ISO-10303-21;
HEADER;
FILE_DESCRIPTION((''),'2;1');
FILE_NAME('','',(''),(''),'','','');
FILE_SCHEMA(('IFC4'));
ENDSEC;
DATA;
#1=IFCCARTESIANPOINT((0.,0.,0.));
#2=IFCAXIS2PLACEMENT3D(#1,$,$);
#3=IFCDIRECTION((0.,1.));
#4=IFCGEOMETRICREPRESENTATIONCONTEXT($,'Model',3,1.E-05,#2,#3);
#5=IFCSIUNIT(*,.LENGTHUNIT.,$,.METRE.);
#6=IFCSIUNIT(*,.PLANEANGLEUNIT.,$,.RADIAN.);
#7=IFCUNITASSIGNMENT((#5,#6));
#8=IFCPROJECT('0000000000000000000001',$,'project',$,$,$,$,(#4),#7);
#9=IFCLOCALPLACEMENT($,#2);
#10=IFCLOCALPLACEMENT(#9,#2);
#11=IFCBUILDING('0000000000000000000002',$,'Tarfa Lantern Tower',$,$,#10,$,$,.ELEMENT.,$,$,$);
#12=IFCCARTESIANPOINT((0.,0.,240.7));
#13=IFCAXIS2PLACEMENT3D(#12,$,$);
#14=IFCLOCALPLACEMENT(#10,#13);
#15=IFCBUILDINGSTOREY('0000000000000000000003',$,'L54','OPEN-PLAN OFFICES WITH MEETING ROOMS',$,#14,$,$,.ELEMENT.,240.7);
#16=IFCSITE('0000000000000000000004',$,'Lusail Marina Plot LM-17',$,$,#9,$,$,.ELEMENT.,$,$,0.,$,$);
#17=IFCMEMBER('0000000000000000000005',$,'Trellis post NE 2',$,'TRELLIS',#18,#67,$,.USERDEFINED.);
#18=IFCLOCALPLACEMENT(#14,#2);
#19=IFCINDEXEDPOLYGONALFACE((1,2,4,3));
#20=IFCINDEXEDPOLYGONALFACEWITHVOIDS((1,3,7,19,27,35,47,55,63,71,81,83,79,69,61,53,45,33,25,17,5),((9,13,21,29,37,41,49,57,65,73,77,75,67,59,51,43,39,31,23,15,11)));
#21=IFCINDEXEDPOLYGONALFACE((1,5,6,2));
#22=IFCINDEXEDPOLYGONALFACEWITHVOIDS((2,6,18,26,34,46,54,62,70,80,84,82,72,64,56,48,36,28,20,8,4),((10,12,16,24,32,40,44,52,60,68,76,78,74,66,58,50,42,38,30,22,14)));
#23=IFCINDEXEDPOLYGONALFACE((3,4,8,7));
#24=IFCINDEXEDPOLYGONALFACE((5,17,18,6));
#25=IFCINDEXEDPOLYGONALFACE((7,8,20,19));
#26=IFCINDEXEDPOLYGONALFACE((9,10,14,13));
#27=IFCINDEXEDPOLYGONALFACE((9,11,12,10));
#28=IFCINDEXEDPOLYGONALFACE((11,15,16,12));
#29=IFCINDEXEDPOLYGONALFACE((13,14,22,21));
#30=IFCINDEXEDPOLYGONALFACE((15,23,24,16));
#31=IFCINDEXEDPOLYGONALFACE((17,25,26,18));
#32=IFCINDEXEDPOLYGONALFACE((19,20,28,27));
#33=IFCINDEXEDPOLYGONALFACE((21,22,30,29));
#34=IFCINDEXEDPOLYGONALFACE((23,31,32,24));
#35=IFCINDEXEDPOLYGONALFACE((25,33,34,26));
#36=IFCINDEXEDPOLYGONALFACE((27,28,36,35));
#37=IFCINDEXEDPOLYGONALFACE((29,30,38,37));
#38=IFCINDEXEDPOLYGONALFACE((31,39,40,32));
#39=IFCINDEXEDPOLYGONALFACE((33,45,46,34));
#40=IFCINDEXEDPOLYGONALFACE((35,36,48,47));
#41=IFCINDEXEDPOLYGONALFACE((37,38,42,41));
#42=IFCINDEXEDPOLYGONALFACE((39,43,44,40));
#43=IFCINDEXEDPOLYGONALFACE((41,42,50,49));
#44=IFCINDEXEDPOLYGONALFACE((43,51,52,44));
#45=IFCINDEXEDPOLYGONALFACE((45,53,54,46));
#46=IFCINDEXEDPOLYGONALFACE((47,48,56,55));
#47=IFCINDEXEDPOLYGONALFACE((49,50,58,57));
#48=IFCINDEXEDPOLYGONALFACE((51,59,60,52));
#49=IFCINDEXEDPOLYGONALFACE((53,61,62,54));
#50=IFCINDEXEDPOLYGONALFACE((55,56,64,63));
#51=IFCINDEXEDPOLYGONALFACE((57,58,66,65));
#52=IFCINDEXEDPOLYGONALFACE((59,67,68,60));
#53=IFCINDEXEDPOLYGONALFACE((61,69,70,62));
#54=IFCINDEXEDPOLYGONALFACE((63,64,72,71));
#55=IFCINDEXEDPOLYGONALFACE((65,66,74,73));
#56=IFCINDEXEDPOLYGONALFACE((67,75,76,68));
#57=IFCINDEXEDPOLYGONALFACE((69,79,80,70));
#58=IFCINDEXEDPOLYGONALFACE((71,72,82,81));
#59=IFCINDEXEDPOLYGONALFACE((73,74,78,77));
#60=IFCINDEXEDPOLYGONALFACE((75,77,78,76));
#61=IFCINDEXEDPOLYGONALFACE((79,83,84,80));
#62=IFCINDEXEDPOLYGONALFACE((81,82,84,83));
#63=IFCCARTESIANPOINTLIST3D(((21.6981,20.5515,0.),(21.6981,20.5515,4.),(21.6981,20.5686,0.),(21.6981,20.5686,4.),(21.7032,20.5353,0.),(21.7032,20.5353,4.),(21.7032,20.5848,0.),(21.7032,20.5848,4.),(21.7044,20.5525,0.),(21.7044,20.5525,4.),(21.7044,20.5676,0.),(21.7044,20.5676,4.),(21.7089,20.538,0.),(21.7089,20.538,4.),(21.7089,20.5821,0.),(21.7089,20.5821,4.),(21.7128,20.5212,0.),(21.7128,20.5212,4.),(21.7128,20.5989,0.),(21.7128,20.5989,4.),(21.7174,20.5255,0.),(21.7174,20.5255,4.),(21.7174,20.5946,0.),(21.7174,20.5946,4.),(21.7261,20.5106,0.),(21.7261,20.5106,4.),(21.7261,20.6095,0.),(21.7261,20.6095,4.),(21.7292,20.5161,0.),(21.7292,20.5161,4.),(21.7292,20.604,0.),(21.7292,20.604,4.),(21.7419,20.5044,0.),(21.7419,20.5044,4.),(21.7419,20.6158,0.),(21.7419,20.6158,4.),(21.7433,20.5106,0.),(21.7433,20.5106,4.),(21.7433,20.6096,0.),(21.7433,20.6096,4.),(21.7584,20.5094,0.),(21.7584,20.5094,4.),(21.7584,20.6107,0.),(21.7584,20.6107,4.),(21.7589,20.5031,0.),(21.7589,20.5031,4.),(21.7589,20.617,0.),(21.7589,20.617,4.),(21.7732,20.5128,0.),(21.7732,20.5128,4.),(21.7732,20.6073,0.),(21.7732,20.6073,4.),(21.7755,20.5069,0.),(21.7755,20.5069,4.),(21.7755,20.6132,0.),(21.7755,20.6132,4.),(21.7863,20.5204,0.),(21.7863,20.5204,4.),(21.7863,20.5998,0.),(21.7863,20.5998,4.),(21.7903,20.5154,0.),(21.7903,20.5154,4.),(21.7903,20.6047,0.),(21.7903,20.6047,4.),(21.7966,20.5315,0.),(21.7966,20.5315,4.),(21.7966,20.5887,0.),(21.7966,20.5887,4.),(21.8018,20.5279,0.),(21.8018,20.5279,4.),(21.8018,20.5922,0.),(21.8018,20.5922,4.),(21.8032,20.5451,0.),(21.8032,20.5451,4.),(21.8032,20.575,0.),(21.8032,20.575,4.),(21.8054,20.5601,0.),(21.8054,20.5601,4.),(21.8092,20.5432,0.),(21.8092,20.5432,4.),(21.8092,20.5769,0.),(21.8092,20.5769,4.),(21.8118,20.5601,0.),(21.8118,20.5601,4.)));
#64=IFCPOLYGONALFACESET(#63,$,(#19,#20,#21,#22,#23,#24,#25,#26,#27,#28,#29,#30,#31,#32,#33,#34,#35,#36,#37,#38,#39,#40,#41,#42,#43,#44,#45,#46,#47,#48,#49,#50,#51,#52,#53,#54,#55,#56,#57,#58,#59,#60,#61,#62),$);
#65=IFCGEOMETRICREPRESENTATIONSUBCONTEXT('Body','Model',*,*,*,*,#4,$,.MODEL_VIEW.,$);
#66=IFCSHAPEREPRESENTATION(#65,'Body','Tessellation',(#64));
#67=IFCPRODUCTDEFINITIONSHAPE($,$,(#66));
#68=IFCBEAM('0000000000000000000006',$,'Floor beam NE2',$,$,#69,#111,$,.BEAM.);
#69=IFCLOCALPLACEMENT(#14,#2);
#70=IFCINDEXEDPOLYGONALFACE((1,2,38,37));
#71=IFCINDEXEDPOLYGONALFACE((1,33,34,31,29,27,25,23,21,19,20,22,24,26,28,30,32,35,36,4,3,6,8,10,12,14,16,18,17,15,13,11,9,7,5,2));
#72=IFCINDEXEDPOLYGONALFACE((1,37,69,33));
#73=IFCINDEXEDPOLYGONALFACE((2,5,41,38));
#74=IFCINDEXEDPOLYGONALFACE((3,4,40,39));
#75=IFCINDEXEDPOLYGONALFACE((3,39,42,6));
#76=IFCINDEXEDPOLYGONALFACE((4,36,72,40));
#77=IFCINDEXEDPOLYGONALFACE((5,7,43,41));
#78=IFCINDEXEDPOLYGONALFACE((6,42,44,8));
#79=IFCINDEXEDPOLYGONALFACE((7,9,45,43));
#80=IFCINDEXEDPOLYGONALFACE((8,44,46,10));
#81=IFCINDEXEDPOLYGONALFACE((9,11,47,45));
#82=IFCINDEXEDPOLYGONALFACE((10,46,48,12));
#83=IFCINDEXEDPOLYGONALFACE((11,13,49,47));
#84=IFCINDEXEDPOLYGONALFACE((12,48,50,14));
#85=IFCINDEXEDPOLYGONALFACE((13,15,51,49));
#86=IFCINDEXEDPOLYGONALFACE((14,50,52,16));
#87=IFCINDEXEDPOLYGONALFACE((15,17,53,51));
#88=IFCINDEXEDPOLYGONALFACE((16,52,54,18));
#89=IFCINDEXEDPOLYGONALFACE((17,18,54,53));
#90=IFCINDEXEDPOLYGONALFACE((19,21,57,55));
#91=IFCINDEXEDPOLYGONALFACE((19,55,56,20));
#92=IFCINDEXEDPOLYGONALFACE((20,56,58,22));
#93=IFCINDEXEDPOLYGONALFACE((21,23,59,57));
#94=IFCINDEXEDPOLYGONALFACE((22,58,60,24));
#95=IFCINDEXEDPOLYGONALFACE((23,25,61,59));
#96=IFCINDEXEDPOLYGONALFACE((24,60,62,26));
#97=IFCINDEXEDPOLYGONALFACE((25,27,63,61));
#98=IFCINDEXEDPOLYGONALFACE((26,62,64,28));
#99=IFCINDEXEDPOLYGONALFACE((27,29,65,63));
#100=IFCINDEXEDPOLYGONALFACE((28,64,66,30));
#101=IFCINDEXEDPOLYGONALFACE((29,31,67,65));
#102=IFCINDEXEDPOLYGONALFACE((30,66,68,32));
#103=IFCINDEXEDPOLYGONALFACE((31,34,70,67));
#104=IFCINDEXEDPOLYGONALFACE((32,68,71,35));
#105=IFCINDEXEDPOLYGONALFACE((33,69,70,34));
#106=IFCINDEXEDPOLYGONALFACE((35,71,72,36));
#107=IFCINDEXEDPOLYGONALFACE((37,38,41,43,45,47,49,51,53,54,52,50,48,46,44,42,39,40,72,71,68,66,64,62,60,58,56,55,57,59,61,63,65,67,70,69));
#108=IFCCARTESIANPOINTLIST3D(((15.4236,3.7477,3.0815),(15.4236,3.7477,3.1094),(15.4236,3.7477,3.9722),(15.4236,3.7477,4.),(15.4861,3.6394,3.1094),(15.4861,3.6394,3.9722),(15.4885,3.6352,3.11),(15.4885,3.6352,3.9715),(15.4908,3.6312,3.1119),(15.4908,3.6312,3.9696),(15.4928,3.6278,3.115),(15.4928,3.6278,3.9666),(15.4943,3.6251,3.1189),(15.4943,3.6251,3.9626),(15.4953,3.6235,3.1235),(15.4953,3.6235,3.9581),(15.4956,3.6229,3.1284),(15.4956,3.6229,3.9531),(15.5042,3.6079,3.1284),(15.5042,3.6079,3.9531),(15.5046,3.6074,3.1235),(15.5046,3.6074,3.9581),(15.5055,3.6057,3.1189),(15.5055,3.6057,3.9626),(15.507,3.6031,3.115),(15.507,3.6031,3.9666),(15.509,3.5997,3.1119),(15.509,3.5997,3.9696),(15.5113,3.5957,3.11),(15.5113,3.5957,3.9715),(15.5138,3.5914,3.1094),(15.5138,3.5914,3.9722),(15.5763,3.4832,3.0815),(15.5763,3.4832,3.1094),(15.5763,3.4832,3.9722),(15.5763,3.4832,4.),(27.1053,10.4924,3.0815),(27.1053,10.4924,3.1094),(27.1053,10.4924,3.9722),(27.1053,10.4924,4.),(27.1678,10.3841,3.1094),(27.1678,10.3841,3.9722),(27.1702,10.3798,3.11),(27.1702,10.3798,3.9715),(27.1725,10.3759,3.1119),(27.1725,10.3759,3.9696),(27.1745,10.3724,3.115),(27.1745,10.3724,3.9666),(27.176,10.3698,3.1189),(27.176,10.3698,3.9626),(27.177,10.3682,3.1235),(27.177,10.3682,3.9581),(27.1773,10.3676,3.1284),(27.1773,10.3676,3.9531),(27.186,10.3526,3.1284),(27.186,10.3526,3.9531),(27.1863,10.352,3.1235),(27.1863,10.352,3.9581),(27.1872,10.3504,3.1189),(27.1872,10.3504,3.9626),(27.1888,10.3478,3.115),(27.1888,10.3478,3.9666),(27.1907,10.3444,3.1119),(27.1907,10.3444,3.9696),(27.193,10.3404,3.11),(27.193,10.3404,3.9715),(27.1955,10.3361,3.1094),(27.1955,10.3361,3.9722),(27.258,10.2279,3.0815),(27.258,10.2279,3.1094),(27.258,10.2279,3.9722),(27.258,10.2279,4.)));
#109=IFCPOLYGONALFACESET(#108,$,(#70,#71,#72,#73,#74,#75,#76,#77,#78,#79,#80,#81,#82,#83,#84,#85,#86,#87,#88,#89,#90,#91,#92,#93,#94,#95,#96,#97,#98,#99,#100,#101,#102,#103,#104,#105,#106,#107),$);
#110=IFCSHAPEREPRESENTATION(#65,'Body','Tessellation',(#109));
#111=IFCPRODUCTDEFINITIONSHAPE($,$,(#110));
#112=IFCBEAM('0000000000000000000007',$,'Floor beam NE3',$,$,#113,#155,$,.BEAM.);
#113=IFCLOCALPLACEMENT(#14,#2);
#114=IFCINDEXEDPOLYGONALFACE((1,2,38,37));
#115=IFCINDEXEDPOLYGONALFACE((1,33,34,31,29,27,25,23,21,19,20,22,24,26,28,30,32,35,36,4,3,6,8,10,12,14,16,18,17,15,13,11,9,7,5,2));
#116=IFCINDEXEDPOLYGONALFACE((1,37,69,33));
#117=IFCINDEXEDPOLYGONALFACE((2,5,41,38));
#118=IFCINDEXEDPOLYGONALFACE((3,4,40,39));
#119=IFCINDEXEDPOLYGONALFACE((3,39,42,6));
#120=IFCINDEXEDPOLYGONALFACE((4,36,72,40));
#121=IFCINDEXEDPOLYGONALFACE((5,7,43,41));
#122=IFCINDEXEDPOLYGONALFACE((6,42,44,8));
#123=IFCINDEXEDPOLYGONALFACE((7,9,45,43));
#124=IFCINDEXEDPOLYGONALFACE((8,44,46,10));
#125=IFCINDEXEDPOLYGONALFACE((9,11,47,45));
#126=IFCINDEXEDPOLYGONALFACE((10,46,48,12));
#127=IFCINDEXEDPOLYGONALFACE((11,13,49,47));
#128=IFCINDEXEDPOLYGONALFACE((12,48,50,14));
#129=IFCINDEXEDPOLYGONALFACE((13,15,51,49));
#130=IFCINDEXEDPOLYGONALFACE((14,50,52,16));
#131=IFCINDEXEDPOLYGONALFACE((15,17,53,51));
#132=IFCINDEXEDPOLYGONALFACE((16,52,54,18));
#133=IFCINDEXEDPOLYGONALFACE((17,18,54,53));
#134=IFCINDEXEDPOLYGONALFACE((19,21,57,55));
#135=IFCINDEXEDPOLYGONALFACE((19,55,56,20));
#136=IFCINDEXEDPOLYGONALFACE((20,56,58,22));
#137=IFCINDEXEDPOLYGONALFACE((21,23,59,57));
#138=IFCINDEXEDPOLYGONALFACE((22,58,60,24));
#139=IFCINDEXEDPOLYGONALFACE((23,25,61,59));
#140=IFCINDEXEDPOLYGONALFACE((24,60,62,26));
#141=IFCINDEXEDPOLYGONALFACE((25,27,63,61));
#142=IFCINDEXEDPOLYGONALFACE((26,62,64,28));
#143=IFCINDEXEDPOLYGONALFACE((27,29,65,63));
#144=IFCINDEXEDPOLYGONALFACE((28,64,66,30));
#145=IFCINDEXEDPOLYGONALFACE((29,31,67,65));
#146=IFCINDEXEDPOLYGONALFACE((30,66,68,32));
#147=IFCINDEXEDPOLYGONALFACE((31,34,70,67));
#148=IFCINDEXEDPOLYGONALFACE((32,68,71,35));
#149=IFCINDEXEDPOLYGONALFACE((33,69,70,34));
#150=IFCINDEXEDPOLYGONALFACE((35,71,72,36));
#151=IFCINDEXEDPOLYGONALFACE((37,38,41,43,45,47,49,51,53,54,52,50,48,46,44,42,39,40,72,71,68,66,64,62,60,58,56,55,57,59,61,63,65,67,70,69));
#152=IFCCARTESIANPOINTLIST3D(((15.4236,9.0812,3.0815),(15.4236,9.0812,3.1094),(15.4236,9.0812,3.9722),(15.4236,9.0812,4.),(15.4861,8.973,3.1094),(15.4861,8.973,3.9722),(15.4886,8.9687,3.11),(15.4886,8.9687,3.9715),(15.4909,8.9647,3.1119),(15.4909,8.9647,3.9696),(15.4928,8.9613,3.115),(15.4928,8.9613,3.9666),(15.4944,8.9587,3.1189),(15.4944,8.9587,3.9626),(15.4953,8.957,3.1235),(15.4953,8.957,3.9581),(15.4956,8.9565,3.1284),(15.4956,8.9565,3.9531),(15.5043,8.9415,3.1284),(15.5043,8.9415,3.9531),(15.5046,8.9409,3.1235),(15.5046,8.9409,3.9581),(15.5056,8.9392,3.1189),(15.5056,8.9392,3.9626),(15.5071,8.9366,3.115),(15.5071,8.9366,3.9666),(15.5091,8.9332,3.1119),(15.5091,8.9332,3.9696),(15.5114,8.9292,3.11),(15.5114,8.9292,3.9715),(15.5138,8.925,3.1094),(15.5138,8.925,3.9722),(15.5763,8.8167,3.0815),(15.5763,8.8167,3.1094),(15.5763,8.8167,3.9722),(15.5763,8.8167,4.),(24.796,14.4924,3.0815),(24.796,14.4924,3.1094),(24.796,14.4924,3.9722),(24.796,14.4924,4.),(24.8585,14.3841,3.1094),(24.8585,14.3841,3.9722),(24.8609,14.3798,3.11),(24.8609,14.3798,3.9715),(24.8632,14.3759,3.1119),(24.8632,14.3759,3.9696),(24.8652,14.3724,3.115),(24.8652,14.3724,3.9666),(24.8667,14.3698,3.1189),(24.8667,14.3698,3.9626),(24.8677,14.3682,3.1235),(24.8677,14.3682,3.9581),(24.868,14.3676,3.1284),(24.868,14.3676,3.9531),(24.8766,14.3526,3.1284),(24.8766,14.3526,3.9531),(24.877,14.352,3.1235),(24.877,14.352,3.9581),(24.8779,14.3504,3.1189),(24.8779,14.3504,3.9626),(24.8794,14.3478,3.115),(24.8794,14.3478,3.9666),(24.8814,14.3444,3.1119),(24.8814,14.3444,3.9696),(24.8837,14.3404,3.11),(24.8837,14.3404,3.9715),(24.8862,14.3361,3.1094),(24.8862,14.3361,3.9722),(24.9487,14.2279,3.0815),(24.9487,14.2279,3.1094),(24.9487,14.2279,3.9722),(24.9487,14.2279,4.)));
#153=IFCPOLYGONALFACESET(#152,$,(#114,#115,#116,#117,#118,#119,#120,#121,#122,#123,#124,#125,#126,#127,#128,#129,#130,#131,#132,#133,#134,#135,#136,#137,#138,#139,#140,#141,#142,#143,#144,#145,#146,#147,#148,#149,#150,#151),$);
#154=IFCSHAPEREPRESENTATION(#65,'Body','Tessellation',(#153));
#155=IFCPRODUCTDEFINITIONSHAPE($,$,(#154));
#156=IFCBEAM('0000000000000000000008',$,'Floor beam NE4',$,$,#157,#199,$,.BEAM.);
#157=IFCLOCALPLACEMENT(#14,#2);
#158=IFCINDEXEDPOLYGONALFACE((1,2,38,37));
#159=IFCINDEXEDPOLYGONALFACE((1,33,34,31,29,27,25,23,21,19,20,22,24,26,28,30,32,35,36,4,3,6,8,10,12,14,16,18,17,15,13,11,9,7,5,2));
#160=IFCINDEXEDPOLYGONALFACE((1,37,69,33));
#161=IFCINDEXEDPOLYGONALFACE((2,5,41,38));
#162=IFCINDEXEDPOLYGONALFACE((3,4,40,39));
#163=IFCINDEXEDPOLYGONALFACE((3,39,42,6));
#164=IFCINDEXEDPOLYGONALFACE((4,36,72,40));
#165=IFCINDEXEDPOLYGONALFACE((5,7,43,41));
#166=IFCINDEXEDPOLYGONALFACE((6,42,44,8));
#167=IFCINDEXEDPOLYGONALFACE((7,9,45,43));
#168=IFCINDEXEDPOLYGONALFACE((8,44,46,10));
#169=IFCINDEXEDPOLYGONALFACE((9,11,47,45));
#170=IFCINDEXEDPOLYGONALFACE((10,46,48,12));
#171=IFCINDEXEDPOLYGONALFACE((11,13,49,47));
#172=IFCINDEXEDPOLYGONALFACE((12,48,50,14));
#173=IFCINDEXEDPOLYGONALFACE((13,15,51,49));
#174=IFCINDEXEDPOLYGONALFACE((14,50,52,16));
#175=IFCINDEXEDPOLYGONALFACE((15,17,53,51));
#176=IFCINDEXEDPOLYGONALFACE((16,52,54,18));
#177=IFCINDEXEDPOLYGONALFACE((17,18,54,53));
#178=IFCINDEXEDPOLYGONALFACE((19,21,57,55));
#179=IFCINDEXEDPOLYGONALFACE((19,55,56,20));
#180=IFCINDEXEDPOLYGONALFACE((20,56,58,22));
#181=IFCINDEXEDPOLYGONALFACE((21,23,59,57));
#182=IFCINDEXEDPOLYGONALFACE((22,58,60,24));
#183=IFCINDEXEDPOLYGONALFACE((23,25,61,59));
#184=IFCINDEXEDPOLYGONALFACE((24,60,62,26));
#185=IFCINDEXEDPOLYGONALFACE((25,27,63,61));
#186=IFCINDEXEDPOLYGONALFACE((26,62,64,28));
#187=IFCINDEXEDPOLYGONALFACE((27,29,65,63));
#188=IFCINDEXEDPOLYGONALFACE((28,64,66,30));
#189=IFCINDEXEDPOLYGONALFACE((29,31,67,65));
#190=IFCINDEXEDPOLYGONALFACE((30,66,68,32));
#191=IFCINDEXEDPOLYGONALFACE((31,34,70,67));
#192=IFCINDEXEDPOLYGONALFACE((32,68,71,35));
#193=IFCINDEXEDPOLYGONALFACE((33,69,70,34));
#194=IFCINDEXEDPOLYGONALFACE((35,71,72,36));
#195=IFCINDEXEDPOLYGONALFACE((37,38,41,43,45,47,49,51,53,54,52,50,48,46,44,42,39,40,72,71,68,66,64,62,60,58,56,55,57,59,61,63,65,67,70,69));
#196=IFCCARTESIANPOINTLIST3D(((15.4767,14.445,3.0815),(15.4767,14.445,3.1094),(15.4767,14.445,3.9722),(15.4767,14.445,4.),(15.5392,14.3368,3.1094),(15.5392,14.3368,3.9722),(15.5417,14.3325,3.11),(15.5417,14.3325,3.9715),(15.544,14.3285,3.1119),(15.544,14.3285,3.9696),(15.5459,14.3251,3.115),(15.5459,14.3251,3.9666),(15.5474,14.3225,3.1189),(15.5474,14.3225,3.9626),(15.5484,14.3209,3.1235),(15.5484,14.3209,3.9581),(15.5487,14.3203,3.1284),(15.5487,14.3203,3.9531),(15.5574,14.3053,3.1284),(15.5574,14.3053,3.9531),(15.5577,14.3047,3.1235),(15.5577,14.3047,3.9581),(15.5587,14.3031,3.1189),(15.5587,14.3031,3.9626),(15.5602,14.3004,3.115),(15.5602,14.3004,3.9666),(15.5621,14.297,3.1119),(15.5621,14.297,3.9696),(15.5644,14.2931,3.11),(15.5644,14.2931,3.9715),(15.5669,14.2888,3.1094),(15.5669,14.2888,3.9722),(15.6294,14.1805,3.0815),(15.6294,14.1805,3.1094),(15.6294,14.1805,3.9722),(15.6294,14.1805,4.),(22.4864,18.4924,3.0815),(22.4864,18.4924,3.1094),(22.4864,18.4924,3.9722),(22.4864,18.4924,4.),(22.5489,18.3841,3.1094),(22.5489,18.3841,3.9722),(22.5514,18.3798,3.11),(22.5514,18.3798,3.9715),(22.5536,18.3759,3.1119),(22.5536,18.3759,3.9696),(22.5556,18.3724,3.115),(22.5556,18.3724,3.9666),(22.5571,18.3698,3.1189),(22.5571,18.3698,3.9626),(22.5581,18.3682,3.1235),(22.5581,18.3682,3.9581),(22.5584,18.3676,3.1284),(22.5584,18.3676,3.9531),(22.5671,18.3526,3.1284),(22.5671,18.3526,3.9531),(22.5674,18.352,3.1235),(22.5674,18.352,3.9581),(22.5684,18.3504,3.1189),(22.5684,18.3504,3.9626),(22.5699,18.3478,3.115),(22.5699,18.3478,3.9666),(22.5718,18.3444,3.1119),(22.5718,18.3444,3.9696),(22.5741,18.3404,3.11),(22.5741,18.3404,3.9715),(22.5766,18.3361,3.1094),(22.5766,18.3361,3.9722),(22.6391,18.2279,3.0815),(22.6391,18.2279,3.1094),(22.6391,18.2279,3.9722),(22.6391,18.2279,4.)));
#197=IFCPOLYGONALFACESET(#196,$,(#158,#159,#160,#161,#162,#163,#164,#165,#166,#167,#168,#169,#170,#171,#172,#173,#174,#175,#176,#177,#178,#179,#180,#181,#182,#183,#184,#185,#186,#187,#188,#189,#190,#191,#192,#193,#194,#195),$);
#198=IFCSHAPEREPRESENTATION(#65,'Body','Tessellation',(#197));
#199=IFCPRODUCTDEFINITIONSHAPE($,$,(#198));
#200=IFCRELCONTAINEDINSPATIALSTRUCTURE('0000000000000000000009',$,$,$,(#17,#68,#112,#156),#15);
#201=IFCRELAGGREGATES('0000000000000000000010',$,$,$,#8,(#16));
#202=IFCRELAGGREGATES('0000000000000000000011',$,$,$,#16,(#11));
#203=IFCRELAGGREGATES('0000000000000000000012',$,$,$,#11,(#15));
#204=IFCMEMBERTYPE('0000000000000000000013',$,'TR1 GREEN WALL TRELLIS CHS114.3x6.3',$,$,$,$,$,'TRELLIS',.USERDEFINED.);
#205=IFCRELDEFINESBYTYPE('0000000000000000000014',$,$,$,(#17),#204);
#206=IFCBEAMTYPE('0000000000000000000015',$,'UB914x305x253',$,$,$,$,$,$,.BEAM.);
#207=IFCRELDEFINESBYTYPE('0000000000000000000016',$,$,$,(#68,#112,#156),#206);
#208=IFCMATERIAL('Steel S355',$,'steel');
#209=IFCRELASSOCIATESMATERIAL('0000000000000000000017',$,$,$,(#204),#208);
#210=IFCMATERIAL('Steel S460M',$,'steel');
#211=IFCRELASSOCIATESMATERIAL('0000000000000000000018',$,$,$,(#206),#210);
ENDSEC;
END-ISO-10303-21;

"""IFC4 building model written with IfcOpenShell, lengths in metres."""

from ifc_helpers import new_model, si_unit, direction, frame, origin, origin_2d, place, context, subcontext, project, spatial, hollow_circle, i_section, extrude, material, material_profile, profile_set, type_object, element, save


model = new_model("IFC4")

# Units and contexts
model_context = context("Model", 3, precision=1e-05, world=origin(), true_north=direction((0.0, 1.0)))
body_context = subcontext(model_context, "Body", "Model", "MODEL_VIEW")
ifc_project = project(units=[si_unit("LENGTHUNIT", "METRE"), si_unit("PLANEANGLEUNIT", "RADIAN")], contexts=[model_context])

# Site, building, storey
site_placement = place(None, origin())
site = spatial("IfcSite", under=ifc_project, at=site_placement, Name="Lusail Marina Plot LM-17", CompositionType="ELEMENT", RefElevation=0.0)
building_placement = place(site_placement, origin())
building = spatial("IfcBuilding", under=site, at=building_placement, Name="Tarfa Lantern Tower", CompositionType="ELEMENT")
storey_placement = place(building_placement, frame((0.0, 0.0, 240.7)))
storey = spatial("IfcBuildingStorey", under=building, at=storey_placement, Name="L54", Description="OPEN-PLAN OFFICES WITH MEETING ROOMS", CompositionType="ELEMENT", Elevation=240.7)

# Member
ifc_material_1 = material(Name="Steel S355", Category="steel")
ifc_material_profile_1 = material_profile(ifc_material_1, hollow_circle(Radius=0.0571, WallThickness=0.0063, at=origin_2d()), Name="CHS114.3x6.3")
ifc_profile_set_1 = profile_set([ifc_material_profile_1], Name="Steel S355")
member_type_1 = type_object("IfcMemberType", Name="TR1 GREEN WALL TRELLIS CHS114.3x6.3", ElementType="TRELLIS", PredefinedType="USERDEFINED", material=ifc_profile_set_1)
member_1_placement = place(storey_placement, frame((21.7546, 20.5601, 0.0), z_axis=(0.0, 0.0, 1.0), x_axis=(1.0, 0.0, 0.0)))
element("IfcMember", 1, at=member_1_placement, inside=storey, type_object=member_type_1, Name="Trellis post NE 2", ObjectType="TRELLIS", PredefinedType="USERDEFINED", context=body_context, shape_type="SweptSolid", body=[
    extrude(hollow_circle(Radius=0.0571, WallThickness=0.0063, at=origin_2d()), origin(), (0.0, 0.0, 1.0), 4.0),
])

# Beams
ifc_material_2 = material(Name="Steel S460M", Category="steel")
ifc_material_profile_2 = material_profile(ifc_material_2, i_section(OverallWidth=0.3054, OverallDepth=0.9185, WebThickness=0.0173, FlangeThickness=0.0278, FilletRadius=0.019, at=origin_2d()), Name="UB914x305x253")
ifc_profile_set_2 = profile_set([ifc_material_profile_2], Name="Steel S460M")
beam_type_1 = type_object("IfcBeamType", Name="UB914x305x253", PredefinedType="BEAM", material=ifc_profile_set_2)
beam_1_placement = place(storey_placement, frame((27.1816, 10.3601, 3.5408), z_axis=(-0.866018, -0.500013, 0.0), x_axis=(0.500013, -0.866018, 0.0)))
element("IfcBeam", 2, at=beam_1_placement, inside=storey, type_object=beam_type_1, Name="Floor beam NE2", PredefinedType="BEAM", context=body_context, shape_type="SweptSolid", body=[
    extrude(i_section(OverallWidth=0.3054, OverallDepth=0.9185, WebThickness=0.0173, FlangeThickness=0.0278, FilletRadius=0.019, at=origin_2d()), origin(), (0.0, 0.0, 1.0), 13.489),
])
beam_2_placement = place(storey_placement, frame((24.8723, 14.3601, 3.5408), z_axis=(-0.866024, -0.500002, 0.0), x_axis=(0.500002, -0.866024, 0.0)))
element("IfcBeam", 3, at=beam_2_placement, inside=storey, type_object=beam_type_1, Name="Floor beam NE3", PredefinedType="BEAM", context=body_context, shape_type="SweptSolid", body=[
    extrude(i_section(OverallWidth=0.3054, OverallDepth=0.9185, WebThickness=0.0173, FlangeThickness=0.0278, FilletRadius=0.019, at=origin_2d()), origin(), (0.0, 0.0, 1.0), 10.8223),
])
beam_3_placement = place(storey_placement, frame((22.5627, 18.3601, 3.5408), z_axis=(-0.866011, -0.500025, 0.0), x_axis=(0.500025, -0.866011, 0.0)))
element("IfcBeam", 4, at=beam_3_placement, inside=storey, type_object=beam_type_1, Name="Floor beam NE4", PredefinedType="BEAM", context=body_context, shape_type="SweptSolid", body=[
    extrude(i_section(OverallWidth=0.3054, OverallDepth=0.9185, WebThickness=0.0173, FlangeThickness=0.0278, FilletRadius=0.019, at=origin_2d()), origin(), (0.0, 0.0, 1.0), 8.0942),
])

save(model, "model.ifc")
